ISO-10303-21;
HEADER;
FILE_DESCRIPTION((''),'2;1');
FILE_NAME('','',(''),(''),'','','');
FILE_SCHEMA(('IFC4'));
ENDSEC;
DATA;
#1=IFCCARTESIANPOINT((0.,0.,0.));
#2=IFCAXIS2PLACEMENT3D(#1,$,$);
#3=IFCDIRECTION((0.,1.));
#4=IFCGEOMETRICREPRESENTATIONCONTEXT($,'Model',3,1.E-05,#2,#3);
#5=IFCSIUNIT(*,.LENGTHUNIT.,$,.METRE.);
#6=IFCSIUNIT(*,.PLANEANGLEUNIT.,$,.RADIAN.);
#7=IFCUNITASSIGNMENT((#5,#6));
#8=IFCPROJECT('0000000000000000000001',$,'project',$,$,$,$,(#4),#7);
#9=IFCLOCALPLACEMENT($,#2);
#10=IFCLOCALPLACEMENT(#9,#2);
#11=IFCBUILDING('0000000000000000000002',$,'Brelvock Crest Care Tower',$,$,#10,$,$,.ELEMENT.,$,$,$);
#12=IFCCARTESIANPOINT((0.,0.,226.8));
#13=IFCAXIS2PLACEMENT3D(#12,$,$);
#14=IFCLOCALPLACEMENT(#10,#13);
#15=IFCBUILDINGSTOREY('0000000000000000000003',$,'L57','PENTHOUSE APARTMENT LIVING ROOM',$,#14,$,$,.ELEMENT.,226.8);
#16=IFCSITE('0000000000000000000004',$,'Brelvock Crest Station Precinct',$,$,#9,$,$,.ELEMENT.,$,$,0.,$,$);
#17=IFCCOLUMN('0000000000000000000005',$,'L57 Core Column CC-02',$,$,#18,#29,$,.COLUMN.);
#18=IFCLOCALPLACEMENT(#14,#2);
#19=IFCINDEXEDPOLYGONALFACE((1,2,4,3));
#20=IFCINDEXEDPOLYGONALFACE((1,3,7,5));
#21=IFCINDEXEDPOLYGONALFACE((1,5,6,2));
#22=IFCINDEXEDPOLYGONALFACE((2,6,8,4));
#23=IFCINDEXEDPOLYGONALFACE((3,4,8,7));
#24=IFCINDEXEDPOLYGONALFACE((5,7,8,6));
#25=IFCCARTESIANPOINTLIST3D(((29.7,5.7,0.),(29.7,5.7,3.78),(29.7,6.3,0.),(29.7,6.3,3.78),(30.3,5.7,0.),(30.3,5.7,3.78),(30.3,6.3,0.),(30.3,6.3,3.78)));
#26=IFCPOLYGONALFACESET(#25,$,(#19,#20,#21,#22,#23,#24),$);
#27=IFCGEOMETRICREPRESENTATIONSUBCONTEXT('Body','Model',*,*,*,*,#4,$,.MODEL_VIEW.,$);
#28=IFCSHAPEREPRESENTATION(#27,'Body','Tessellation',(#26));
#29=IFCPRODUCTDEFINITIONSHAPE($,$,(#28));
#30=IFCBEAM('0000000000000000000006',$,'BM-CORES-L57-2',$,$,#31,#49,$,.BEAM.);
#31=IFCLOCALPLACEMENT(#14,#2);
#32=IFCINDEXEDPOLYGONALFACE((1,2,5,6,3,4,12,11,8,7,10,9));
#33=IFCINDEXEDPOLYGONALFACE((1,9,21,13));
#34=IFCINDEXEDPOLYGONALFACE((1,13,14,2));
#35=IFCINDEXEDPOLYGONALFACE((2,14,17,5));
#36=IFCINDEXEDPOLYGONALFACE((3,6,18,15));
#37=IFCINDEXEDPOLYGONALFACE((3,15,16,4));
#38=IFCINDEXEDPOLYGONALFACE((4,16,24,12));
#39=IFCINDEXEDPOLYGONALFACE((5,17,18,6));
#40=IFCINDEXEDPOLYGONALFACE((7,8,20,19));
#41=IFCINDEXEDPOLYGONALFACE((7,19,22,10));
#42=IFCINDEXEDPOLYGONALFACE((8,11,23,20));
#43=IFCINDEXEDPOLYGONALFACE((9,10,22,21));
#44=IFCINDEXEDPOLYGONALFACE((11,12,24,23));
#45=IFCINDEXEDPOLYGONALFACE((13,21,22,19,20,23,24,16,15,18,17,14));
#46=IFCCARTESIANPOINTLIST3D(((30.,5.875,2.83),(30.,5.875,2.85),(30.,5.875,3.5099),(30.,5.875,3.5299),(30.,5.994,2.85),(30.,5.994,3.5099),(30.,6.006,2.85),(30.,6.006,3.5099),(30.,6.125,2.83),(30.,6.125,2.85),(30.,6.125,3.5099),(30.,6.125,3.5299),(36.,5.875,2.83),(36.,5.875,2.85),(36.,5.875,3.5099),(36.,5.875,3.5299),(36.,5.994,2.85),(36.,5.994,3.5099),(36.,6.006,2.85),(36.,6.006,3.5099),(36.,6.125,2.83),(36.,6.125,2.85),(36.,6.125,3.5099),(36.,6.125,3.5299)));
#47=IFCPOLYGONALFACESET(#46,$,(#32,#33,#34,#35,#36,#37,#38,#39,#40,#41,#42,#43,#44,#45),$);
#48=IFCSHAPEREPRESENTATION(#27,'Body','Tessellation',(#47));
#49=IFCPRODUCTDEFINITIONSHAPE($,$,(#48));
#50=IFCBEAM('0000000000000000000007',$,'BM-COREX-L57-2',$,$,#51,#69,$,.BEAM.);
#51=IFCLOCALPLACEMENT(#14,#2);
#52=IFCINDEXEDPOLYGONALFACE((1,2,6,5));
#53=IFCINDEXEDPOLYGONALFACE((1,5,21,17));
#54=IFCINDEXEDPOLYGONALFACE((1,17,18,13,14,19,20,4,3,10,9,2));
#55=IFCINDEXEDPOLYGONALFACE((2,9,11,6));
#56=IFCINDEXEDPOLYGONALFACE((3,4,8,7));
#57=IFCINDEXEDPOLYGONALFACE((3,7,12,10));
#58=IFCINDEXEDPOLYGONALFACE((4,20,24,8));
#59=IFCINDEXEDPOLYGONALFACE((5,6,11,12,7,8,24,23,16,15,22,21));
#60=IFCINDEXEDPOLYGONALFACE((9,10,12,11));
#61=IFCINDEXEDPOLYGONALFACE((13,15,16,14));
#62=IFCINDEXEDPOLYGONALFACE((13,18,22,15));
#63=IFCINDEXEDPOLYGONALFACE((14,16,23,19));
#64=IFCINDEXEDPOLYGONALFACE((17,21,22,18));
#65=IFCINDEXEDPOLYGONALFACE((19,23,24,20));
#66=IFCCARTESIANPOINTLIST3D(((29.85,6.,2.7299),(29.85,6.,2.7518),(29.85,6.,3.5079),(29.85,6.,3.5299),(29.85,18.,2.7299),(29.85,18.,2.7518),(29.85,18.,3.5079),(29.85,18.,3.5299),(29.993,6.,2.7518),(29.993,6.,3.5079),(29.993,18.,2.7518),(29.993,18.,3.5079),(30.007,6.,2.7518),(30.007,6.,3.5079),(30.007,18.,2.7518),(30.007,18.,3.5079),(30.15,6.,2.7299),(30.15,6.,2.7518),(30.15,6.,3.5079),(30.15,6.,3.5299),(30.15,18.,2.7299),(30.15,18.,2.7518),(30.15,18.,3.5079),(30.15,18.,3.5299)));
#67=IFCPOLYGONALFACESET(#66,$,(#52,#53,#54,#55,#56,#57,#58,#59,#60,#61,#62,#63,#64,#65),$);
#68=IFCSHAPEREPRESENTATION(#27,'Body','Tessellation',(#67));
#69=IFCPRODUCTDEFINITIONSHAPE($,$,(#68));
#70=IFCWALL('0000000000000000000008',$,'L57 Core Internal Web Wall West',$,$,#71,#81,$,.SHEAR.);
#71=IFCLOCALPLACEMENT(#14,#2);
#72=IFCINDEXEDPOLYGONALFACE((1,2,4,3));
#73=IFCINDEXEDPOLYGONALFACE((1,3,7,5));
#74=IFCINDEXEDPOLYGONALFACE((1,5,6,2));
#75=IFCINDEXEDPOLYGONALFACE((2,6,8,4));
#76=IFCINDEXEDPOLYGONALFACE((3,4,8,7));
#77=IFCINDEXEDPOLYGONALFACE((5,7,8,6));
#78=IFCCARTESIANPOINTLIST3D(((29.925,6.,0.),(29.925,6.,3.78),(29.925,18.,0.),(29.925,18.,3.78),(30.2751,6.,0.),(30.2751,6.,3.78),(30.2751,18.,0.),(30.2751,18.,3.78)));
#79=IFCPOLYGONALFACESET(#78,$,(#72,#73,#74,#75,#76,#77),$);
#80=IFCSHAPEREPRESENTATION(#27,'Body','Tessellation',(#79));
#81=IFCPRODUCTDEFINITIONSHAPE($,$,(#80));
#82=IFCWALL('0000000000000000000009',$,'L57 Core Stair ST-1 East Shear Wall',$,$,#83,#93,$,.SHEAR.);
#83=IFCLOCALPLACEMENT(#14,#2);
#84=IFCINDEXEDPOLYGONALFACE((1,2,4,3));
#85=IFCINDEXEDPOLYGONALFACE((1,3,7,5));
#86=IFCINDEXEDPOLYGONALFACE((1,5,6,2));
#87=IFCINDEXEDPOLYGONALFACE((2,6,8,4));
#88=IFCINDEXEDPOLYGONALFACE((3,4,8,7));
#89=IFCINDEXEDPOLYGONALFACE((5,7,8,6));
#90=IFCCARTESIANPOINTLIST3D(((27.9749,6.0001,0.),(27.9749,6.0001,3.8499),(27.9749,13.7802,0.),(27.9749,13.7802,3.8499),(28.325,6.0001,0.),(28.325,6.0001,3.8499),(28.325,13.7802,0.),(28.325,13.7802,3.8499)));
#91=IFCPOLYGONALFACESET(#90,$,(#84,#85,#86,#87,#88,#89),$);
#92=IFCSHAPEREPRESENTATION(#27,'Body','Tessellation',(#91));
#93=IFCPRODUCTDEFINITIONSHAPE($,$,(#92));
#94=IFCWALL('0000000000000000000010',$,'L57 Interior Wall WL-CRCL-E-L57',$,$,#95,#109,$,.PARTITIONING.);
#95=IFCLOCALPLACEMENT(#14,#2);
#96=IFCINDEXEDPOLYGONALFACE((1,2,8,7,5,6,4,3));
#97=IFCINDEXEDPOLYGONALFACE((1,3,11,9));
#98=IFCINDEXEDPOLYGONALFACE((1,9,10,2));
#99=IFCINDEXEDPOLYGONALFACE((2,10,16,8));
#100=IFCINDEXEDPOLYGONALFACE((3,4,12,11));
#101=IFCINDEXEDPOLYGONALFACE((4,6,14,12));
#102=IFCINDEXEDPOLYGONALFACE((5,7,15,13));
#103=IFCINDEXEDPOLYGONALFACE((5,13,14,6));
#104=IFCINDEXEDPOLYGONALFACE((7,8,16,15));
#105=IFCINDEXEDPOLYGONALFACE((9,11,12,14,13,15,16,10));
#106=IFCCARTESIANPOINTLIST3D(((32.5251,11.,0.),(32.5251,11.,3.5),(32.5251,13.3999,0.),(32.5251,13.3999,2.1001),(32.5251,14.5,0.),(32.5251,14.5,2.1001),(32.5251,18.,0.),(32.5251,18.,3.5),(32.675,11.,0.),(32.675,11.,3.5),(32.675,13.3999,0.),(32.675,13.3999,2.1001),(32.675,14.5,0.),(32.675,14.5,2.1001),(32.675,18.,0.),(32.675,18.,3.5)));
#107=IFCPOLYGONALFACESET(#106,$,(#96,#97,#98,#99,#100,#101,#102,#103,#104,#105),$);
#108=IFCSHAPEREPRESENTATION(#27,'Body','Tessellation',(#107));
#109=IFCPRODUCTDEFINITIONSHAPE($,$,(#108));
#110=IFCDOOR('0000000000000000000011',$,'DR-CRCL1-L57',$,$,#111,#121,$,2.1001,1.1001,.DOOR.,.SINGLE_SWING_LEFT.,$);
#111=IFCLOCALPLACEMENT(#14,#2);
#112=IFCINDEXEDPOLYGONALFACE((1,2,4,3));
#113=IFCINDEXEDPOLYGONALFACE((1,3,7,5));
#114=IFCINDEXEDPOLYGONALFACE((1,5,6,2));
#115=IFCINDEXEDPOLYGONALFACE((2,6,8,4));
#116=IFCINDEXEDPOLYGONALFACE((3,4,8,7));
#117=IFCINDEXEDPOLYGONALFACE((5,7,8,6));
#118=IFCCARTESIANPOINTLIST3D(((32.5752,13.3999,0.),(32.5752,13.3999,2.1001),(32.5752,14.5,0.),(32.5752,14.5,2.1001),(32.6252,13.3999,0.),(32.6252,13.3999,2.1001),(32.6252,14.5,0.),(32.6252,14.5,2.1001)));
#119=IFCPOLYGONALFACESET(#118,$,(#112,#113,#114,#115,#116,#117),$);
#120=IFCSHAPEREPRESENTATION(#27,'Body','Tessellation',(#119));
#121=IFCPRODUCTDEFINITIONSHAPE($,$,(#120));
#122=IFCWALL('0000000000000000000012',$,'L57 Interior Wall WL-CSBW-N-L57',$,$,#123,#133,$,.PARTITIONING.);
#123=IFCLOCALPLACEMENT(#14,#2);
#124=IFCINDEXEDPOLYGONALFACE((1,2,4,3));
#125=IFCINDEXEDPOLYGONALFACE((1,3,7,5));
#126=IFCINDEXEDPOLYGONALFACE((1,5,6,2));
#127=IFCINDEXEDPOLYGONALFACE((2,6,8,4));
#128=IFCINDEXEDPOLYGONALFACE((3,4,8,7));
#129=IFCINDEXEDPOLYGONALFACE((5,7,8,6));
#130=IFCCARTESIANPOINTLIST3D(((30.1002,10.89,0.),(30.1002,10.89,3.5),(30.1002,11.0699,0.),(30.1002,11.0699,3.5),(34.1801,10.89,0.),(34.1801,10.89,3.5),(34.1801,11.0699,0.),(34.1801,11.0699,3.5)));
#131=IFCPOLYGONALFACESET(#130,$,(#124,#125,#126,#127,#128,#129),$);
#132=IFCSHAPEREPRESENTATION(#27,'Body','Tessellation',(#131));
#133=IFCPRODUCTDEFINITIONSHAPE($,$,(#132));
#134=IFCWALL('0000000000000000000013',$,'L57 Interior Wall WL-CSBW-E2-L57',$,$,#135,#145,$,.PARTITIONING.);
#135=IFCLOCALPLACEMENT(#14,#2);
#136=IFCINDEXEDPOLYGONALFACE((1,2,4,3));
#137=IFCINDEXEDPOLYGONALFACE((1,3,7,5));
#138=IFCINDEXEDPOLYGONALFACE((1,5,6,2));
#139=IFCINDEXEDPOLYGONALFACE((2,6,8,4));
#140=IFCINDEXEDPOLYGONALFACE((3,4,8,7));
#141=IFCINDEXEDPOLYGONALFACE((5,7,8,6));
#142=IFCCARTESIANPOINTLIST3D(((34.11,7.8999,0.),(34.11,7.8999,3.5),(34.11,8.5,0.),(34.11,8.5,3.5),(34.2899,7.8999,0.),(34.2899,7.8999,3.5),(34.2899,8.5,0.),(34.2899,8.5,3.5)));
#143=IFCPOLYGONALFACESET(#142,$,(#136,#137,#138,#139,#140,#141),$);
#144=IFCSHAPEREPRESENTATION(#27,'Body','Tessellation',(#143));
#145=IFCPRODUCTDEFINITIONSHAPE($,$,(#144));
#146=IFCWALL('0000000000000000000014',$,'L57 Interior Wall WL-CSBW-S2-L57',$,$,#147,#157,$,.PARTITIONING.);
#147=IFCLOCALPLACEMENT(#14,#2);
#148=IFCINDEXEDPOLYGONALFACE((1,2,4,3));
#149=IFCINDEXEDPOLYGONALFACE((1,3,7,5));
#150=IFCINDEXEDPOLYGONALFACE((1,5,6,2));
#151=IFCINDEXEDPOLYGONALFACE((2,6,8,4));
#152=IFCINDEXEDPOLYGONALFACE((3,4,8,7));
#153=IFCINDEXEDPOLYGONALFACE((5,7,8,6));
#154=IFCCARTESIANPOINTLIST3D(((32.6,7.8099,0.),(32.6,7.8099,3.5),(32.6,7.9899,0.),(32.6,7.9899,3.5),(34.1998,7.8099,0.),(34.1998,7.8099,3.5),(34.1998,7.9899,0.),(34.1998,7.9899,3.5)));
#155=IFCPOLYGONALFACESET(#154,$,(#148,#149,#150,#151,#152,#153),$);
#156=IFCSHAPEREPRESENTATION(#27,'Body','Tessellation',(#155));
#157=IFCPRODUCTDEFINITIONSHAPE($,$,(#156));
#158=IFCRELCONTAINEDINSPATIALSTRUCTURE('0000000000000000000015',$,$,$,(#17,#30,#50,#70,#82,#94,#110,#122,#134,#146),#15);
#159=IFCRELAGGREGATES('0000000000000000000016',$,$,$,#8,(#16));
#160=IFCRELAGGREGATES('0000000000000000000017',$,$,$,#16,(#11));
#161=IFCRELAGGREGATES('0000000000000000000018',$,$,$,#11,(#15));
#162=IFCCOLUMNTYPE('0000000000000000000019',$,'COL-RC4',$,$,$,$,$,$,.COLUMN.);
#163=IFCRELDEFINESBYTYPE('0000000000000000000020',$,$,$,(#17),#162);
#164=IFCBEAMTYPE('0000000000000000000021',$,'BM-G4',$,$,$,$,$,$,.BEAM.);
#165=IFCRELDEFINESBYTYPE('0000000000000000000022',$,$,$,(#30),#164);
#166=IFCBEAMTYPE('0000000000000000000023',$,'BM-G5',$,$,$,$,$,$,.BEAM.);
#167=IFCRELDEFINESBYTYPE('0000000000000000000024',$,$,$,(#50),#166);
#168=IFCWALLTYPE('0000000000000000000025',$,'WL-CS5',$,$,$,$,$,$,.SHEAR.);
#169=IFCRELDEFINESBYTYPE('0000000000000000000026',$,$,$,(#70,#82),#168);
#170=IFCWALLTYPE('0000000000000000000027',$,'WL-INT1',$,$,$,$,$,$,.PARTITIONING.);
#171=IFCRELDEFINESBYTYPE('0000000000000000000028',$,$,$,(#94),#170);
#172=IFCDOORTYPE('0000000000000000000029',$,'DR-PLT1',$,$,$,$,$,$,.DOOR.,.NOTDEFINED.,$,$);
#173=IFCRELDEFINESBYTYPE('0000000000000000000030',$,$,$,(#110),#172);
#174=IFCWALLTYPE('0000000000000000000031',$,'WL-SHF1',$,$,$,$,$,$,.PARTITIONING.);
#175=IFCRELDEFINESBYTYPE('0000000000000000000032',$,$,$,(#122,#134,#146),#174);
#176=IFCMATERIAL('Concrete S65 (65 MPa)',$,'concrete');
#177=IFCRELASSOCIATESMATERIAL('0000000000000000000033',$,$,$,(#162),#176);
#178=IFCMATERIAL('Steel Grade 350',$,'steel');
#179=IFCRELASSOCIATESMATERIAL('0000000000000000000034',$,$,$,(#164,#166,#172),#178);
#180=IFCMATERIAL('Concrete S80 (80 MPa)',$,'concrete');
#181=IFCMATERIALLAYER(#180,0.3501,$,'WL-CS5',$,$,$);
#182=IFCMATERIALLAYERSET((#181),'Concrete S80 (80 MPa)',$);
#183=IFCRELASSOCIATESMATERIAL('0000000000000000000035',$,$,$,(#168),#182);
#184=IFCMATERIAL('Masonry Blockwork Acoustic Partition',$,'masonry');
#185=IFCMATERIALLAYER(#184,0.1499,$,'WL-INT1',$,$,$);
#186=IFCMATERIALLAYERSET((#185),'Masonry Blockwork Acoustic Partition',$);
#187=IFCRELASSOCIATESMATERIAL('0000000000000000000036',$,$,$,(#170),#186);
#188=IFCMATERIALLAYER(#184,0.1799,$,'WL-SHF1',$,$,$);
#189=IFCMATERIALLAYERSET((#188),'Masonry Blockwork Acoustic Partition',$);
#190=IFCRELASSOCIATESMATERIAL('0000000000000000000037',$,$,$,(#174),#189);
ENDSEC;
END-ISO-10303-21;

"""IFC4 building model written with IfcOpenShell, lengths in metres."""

from ifc_helpers import new_model, si_unit, direction, frame, frame_2d, origin, origin_2d, place, context, subcontext, project, spatial, rectangle, i_section, extrude, source, transform, mapped, material, layer, layer_set, material_profile, profile_set, type_object, element, fill, save


model = new_model("IFC4")

# Units and contexts
model_context = context("Model", 3, precision=1e-05, world=origin(), true_north=direction((0.0, 1.0)))
body_context = subcontext(model_context, "Body", "Model", "MODEL_VIEW")
ifc_project = project(units=[si_unit("LENGTHUNIT", "METRE"), si_unit("PLANEANGLEUNIT", "RADIAN")], contexts=[model_context])

# Site, building, storey
site_placement = place(None, origin())
site = spatial("IfcSite", under=ifc_project, at=site_placement, Name="Brelvock Crest Station Precinct", CompositionType="ELEMENT", RefElevation=0.0)
building_placement = place(site_placement, origin())
building = spatial("IfcBuilding", under=site, at=building_placement, Name="Brelvock Crest Care Tower", CompositionType="ELEMENT")
storey_placement = place(building_placement, frame((0.0, 0.0, 226.8)))
storey = spatial("IfcBuildingStorey", under=building, at=storey_placement, Name="L57", Description="PENTHOUSE APARTMENT LIVING ROOM", CompositionType="ELEMENT", Elevation=226.8)

# Column
ifc_material_1 = material(Name="Concrete S65 (65 MPa)", Category="concrete")
ifc_material_profile_1 = material_profile(ifc_material_1, rectangle(XDim=0.6001, YDim=0.6001, at=origin_2d()), Name="RC600x600")
ifc_profile_set_1 = profile_set([ifc_material_profile_1], Name="Concrete S65 (65 MPa)")
column_type = type_object("IfcColumnType", Name="COL-RC4", PredefinedType="COLUMN", material=ifc_profile_set_1)
shared_shape_1 = source(origin(), body_context, "Body", "SweptSolid", [
    extrude(rectangle(XDim=0.6001, YDim=0.6001, at=origin_2d()), origin(), (0.0, 0.0, 1.0), 3.78),
])
column_placement = place(storey_placement, frame((30.0, 6.0, 0.0), z_axis=(0.0, 0.0, 1.0), x_axis=(1.0, 0.0, 0.0)))
element("IfcColumn", 1, at=column_placement, inside=storey, type_object=column_type, Name="L57 Core Column CC-02", PredefinedType="COLUMN", context=body_context, shape_type="MappedRepresentation", body=[
    mapped(shared_shape_1, transform((0.0, 0.0, 0.0), x_axis=(1.0, 0.0, 0.0), y_axis=(0.0, 1.0, 0.0), z_axis=(0.0, 0.0, 1.0), scale=1.0)),
])

# Beams
ifc_material_2 = material(Name="Steel Grade 350", Category="steel")
ifc_material_profile_2 = material_profile(ifc_material_2, i_section(OverallWidth=0.25, OverallDepth=0.7, WebThickness=0.012, FlangeThickness=0.02, at=origin_2d()), Name="700WB150")
ifc_profile_set_2 = profile_set([ifc_material_profile_2], Name="Steel Grade 350")
beam_type_1 = type_object("IfcBeamType", Name="BM-G4", PredefinedType="BEAM", material=ifc_profile_set_2)
shared_shape_2 = source(origin(), body_context, "Body", "SweptSolid", [
    extrude(i_section(OverallWidth=0.25, OverallDepth=0.7, WebThickness=0.012, FlangeThickness=0.02, at=origin_2d()), origin(), (0.0, 0.0, 1.0), 6.0),
])
beam_1_placement = place(storey_placement, frame((30.0, 6.0, 3.1799), z_axis=(1.0, 0.0, 0.0), x_axis=(0.0, 1.0, 0.0)))
element("IfcBeam", 2, at=beam_1_placement, inside=storey, type_object=beam_type_1, Name="BM-CORES-L57-2", PredefinedType="BEAM", context=body_context, shape_type="MappedRepresentation", body=[
    mapped(shared_shape_2, transform((0.0, 0.0, 0.0), x_axis=(1.0, 0.0, 0.0), y_axis=(0.0, 1.0, 0.0), z_axis=(0.0, 0.0, 1.0), scale=1.0)),
])
ifc_material_profile_3 = material_profile(ifc_material_2, i_section(OverallWidth=0.3, OverallDepth=0.8, WebThickness=0.0139, FlangeThickness=0.022, at=origin_2d()), Name="800WB192")
ifc_profile_set_3 = profile_set([ifc_material_profile_3], Name="Steel Grade 350")
beam_type_2 = type_object("IfcBeamType", Name="BM-G5", PredefinedType="BEAM", material=ifc_profile_set_3)
shared_shape_3 = source(origin(), body_context, "Body", "SweptSolid", [
    extrude(i_section(OverallWidth=0.3, OverallDepth=0.8, WebThickness=0.0139, FlangeThickness=0.022, at=origin_2d()), origin(), (0.0, 0.0, 1.0), 12.0),
])
beam_2_placement = place(storey_placement, frame((30.0, 6.0, 3.1299), z_axis=(0.0, 1.0, 0.0), x_axis=(-1.0, 0.0, 0.0)))
element("IfcBeam", 3, at=beam_2_placement, inside=storey, type_object=beam_type_2, Name="BM-COREX-L57-2", PredefinedType="BEAM", context=body_context, shape_type="MappedRepresentation", body=[
    mapped(shared_shape_3, transform((0.0, 0.0, 0.0), x_axis=(1.0, 0.0, 0.0), y_axis=(0.0, 1.0, 0.0), z_axis=(0.0, 0.0, 1.0), scale=1.0)),
])

# Walls
ifc_material_3 = material(Name="Concrete S80 (80 MPa)", Category="concrete")
ifc_layer_1 = layer(ifc_material_3, 0.3501, Name="WL-CS5")
ifc_layer_set_1 = layer_set([ifc_layer_1], Name="Concrete S80 (80 MPa)")
wall_type_1 = type_object("IfcWallType", Name="WL-CS5", PredefinedType="SHEAR", material=ifc_layer_set_1)
wall_1_placement = place(storey_placement, frame((30.1001, 6.0, 0.0), z_axis=(0.0, 0.0, 1.0), x_axis=(0.0, 1.0, 0.0)))
element("IfcWall", 4, at=wall_1_placement, inside=storey, type_object=wall_type_1, Name="L57 Core Internal Web Wall West", PredefinedType="SHEAR", context=body_context, shape_type="SweptSolid", body=[
    extrude(rectangle(XDim=12.0, YDim=0.3501, at=frame_2d((6.0, 0.0))), origin(), (0.0, 0.0, 1.0), 3.78),
])
wall_2_placement = place(storey_placement, frame((28.1499, 6.0, 0.0), z_axis=(0.0, 0.0, 1.0), x_axis=(0.0, 1.0, 0.0)))
element("IfcWall", 5, at=wall_2_placement, inside=storey, type_object=wall_type_1, Name="L57 Core Stair ST-1 East Shear Wall", PredefinedType="SHEAR", context=body_context, shape_type="SweptSolid", body=[
    extrude(rectangle(XDim=7.78, YDim=0.3501, at=frame_2d((3.8901, 0.0))), origin(), (0.0, 0.0, 1.0), 3.8499),
])

# Wall, opening, door
ifc_material_4 = material(Name="Masonry Blockwork Acoustic Partition", Category="masonry")
ifc_layer_2 = layer(ifc_material_4, 0.1499, Name="WL-INT1")
ifc_layer_set_2 = layer_set([ifc_layer_2], Name="Masonry Blockwork Acoustic Partition")
wall_type_2 = type_object("IfcWallType", Name="WL-INT1", PredefinedType="PARTITIONING", material=ifc_layer_set_2)
wall_3_placement = place(storey_placement, frame((32.6001, 11.0, 0.0), z_axis=(0.0, 0.0, 1.0), x_axis=(0.0, 1.0, 0.0)))
wall_3 = element("IfcWall", 6, at=wall_3_placement, inside=storey, type_object=wall_type_2, Name="L57 Interior Wall WL-CRCL-E-L57", PredefinedType="PARTITIONING", context=body_context, shape_type="SweptSolid", body=[
    extrude(rectangle(XDim=7.0, YDim=0.1499, at=frame_2d((3.5, 0.0))), origin(), (0.0, 0.0, 1.0), 3.5),
])
opening_1_placement = place(wall_3_placement, frame((2.3999, 0.0, 0.0)))
opening_1 = element("IfcOpeningElement", 7, at=opening_1_placement, cuts=wall_3, PredefinedType="OPENING", context=body_context, shape_type="SweptSolid", body=[
    extrude(rectangle(XDim=1.1001, YDim=2.1001, at=origin_2d()), frame((0.55, 0.085, 1.05), z_axis=(0.0, -1.0, 0.0), x_axis=(1.0, 0.0, 0.0)), (0.0, 0.0, 1.0), 0.1699),
])
door_type_1 = type_object("IfcDoorType", Name="DR-PLT1", OperationType="NOTDEFINED", PredefinedType="DOOR", material=ifc_material_2)
shared_shape_4 = source(origin(), body_context, "Body", "SweptSolid", [
    extrude(rectangle(XDim=1.1001, YDim=2.1001, at=origin_2d()), frame((0.55, 0.0249, 1.05), z_axis=(0.0, -1.0, 0.0), x_axis=(1.0, 0.0, 0.0)), (0.0, 0.0, 1.0), 0.05),
])
door_1_placement = place(opening_1_placement, origin())
door_1 = element("IfcDoor", 8, at=door_1_placement, inside=storey, type_object=door_type_1, Name="DR-CRCL1-L57", OperationType="SINGLE_SWING_LEFT", OverallHeight=2.1001, OverallWidth=1.1001, PredefinedType="DOOR", context=body_context, shape_type="MappedRepresentation", body=[
    mapped(shared_shape_4, transform((0.0, 0.0, 0.0), x_axis=(1.0, 0.0, 0.0), y_axis=(0.0, 1.0, 0.0), z_axis=(0.0, 0.0, 1.0), scale=1.0)),
])
fill(opening_1, door_1)

# Walls
ifc_layer_3 = layer(ifc_material_4, 0.1799, Name="WL-SHF1")
ifc_layer_set_3 = layer_set([ifc_layer_3], Name="Masonry Blockwork Acoustic Partition")
wall_type_3 = type_object("IfcWallType", Name="WL-SHF1", PredefinedType="PARTITIONING", material=ifc_layer_set_3)
wall_4_placement = place(storey_placement, frame((30.1001, 10.98, 0.0), z_axis=(0.0, 0.0, 1.0), x_axis=(1.0, 0.0, 0.0)))
element("IfcWall", 9, at=wall_4_placement, inside=storey, type_object=wall_type_3, Name="L57 Interior Wall WL-CSBW-N-L57", PredefinedType="PARTITIONING", context=body_context, shape_type="SweptSolid", body=[
    extrude(rectangle(XDim=4.0798, YDim=0.1799, at=frame_2d((2.04, 0.0))), origin(), (0.0, 0.0, 1.0), 3.5),
])
wall_5_placement = place(storey_placement, frame((34.2, 7.8999, 0.0), z_axis=(0.0, 0.0, 1.0), x_axis=(0.0, 1.0, 0.0)))
element("IfcWall", 10, at=wall_5_placement, inside=storey, type_object=wall_type_3, Name="L57 Interior Wall WL-CSBW-E2-L57", PredefinedType="PARTITIONING", context=body_context, shape_type="SweptSolid", body=[
    extrude(rectangle(XDim=0.6001, YDim=0.1799, at=frame_2d((0.3, 0.0))), origin(), (0.0, 0.0, 1.0), 3.5),
])
wall_6_placement = place(storey_placement, frame((32.6001, 7.8999, 0.0), z_axis=(0.0, 0.0, 1.0), x_axis=(1.0, 0.0, 0.0)))
element("IfcWall", 11, at=wall_6_placement, inside=storey, type_object=wall_type_3, Name="L57 Interior Wall WL-CSBW-S2-L57", PredefinedType="PARTITIONING", context=body_context, shape_type="SweptSolid", body=[
    extrude(rectangle(XDim=1.5999, YDim=0.1799, at=frame_2d((0.7998, 0.0))), origin(), (0.0, 0.0, 1.0), 3.5),
])

save(model, "model.ifc")
